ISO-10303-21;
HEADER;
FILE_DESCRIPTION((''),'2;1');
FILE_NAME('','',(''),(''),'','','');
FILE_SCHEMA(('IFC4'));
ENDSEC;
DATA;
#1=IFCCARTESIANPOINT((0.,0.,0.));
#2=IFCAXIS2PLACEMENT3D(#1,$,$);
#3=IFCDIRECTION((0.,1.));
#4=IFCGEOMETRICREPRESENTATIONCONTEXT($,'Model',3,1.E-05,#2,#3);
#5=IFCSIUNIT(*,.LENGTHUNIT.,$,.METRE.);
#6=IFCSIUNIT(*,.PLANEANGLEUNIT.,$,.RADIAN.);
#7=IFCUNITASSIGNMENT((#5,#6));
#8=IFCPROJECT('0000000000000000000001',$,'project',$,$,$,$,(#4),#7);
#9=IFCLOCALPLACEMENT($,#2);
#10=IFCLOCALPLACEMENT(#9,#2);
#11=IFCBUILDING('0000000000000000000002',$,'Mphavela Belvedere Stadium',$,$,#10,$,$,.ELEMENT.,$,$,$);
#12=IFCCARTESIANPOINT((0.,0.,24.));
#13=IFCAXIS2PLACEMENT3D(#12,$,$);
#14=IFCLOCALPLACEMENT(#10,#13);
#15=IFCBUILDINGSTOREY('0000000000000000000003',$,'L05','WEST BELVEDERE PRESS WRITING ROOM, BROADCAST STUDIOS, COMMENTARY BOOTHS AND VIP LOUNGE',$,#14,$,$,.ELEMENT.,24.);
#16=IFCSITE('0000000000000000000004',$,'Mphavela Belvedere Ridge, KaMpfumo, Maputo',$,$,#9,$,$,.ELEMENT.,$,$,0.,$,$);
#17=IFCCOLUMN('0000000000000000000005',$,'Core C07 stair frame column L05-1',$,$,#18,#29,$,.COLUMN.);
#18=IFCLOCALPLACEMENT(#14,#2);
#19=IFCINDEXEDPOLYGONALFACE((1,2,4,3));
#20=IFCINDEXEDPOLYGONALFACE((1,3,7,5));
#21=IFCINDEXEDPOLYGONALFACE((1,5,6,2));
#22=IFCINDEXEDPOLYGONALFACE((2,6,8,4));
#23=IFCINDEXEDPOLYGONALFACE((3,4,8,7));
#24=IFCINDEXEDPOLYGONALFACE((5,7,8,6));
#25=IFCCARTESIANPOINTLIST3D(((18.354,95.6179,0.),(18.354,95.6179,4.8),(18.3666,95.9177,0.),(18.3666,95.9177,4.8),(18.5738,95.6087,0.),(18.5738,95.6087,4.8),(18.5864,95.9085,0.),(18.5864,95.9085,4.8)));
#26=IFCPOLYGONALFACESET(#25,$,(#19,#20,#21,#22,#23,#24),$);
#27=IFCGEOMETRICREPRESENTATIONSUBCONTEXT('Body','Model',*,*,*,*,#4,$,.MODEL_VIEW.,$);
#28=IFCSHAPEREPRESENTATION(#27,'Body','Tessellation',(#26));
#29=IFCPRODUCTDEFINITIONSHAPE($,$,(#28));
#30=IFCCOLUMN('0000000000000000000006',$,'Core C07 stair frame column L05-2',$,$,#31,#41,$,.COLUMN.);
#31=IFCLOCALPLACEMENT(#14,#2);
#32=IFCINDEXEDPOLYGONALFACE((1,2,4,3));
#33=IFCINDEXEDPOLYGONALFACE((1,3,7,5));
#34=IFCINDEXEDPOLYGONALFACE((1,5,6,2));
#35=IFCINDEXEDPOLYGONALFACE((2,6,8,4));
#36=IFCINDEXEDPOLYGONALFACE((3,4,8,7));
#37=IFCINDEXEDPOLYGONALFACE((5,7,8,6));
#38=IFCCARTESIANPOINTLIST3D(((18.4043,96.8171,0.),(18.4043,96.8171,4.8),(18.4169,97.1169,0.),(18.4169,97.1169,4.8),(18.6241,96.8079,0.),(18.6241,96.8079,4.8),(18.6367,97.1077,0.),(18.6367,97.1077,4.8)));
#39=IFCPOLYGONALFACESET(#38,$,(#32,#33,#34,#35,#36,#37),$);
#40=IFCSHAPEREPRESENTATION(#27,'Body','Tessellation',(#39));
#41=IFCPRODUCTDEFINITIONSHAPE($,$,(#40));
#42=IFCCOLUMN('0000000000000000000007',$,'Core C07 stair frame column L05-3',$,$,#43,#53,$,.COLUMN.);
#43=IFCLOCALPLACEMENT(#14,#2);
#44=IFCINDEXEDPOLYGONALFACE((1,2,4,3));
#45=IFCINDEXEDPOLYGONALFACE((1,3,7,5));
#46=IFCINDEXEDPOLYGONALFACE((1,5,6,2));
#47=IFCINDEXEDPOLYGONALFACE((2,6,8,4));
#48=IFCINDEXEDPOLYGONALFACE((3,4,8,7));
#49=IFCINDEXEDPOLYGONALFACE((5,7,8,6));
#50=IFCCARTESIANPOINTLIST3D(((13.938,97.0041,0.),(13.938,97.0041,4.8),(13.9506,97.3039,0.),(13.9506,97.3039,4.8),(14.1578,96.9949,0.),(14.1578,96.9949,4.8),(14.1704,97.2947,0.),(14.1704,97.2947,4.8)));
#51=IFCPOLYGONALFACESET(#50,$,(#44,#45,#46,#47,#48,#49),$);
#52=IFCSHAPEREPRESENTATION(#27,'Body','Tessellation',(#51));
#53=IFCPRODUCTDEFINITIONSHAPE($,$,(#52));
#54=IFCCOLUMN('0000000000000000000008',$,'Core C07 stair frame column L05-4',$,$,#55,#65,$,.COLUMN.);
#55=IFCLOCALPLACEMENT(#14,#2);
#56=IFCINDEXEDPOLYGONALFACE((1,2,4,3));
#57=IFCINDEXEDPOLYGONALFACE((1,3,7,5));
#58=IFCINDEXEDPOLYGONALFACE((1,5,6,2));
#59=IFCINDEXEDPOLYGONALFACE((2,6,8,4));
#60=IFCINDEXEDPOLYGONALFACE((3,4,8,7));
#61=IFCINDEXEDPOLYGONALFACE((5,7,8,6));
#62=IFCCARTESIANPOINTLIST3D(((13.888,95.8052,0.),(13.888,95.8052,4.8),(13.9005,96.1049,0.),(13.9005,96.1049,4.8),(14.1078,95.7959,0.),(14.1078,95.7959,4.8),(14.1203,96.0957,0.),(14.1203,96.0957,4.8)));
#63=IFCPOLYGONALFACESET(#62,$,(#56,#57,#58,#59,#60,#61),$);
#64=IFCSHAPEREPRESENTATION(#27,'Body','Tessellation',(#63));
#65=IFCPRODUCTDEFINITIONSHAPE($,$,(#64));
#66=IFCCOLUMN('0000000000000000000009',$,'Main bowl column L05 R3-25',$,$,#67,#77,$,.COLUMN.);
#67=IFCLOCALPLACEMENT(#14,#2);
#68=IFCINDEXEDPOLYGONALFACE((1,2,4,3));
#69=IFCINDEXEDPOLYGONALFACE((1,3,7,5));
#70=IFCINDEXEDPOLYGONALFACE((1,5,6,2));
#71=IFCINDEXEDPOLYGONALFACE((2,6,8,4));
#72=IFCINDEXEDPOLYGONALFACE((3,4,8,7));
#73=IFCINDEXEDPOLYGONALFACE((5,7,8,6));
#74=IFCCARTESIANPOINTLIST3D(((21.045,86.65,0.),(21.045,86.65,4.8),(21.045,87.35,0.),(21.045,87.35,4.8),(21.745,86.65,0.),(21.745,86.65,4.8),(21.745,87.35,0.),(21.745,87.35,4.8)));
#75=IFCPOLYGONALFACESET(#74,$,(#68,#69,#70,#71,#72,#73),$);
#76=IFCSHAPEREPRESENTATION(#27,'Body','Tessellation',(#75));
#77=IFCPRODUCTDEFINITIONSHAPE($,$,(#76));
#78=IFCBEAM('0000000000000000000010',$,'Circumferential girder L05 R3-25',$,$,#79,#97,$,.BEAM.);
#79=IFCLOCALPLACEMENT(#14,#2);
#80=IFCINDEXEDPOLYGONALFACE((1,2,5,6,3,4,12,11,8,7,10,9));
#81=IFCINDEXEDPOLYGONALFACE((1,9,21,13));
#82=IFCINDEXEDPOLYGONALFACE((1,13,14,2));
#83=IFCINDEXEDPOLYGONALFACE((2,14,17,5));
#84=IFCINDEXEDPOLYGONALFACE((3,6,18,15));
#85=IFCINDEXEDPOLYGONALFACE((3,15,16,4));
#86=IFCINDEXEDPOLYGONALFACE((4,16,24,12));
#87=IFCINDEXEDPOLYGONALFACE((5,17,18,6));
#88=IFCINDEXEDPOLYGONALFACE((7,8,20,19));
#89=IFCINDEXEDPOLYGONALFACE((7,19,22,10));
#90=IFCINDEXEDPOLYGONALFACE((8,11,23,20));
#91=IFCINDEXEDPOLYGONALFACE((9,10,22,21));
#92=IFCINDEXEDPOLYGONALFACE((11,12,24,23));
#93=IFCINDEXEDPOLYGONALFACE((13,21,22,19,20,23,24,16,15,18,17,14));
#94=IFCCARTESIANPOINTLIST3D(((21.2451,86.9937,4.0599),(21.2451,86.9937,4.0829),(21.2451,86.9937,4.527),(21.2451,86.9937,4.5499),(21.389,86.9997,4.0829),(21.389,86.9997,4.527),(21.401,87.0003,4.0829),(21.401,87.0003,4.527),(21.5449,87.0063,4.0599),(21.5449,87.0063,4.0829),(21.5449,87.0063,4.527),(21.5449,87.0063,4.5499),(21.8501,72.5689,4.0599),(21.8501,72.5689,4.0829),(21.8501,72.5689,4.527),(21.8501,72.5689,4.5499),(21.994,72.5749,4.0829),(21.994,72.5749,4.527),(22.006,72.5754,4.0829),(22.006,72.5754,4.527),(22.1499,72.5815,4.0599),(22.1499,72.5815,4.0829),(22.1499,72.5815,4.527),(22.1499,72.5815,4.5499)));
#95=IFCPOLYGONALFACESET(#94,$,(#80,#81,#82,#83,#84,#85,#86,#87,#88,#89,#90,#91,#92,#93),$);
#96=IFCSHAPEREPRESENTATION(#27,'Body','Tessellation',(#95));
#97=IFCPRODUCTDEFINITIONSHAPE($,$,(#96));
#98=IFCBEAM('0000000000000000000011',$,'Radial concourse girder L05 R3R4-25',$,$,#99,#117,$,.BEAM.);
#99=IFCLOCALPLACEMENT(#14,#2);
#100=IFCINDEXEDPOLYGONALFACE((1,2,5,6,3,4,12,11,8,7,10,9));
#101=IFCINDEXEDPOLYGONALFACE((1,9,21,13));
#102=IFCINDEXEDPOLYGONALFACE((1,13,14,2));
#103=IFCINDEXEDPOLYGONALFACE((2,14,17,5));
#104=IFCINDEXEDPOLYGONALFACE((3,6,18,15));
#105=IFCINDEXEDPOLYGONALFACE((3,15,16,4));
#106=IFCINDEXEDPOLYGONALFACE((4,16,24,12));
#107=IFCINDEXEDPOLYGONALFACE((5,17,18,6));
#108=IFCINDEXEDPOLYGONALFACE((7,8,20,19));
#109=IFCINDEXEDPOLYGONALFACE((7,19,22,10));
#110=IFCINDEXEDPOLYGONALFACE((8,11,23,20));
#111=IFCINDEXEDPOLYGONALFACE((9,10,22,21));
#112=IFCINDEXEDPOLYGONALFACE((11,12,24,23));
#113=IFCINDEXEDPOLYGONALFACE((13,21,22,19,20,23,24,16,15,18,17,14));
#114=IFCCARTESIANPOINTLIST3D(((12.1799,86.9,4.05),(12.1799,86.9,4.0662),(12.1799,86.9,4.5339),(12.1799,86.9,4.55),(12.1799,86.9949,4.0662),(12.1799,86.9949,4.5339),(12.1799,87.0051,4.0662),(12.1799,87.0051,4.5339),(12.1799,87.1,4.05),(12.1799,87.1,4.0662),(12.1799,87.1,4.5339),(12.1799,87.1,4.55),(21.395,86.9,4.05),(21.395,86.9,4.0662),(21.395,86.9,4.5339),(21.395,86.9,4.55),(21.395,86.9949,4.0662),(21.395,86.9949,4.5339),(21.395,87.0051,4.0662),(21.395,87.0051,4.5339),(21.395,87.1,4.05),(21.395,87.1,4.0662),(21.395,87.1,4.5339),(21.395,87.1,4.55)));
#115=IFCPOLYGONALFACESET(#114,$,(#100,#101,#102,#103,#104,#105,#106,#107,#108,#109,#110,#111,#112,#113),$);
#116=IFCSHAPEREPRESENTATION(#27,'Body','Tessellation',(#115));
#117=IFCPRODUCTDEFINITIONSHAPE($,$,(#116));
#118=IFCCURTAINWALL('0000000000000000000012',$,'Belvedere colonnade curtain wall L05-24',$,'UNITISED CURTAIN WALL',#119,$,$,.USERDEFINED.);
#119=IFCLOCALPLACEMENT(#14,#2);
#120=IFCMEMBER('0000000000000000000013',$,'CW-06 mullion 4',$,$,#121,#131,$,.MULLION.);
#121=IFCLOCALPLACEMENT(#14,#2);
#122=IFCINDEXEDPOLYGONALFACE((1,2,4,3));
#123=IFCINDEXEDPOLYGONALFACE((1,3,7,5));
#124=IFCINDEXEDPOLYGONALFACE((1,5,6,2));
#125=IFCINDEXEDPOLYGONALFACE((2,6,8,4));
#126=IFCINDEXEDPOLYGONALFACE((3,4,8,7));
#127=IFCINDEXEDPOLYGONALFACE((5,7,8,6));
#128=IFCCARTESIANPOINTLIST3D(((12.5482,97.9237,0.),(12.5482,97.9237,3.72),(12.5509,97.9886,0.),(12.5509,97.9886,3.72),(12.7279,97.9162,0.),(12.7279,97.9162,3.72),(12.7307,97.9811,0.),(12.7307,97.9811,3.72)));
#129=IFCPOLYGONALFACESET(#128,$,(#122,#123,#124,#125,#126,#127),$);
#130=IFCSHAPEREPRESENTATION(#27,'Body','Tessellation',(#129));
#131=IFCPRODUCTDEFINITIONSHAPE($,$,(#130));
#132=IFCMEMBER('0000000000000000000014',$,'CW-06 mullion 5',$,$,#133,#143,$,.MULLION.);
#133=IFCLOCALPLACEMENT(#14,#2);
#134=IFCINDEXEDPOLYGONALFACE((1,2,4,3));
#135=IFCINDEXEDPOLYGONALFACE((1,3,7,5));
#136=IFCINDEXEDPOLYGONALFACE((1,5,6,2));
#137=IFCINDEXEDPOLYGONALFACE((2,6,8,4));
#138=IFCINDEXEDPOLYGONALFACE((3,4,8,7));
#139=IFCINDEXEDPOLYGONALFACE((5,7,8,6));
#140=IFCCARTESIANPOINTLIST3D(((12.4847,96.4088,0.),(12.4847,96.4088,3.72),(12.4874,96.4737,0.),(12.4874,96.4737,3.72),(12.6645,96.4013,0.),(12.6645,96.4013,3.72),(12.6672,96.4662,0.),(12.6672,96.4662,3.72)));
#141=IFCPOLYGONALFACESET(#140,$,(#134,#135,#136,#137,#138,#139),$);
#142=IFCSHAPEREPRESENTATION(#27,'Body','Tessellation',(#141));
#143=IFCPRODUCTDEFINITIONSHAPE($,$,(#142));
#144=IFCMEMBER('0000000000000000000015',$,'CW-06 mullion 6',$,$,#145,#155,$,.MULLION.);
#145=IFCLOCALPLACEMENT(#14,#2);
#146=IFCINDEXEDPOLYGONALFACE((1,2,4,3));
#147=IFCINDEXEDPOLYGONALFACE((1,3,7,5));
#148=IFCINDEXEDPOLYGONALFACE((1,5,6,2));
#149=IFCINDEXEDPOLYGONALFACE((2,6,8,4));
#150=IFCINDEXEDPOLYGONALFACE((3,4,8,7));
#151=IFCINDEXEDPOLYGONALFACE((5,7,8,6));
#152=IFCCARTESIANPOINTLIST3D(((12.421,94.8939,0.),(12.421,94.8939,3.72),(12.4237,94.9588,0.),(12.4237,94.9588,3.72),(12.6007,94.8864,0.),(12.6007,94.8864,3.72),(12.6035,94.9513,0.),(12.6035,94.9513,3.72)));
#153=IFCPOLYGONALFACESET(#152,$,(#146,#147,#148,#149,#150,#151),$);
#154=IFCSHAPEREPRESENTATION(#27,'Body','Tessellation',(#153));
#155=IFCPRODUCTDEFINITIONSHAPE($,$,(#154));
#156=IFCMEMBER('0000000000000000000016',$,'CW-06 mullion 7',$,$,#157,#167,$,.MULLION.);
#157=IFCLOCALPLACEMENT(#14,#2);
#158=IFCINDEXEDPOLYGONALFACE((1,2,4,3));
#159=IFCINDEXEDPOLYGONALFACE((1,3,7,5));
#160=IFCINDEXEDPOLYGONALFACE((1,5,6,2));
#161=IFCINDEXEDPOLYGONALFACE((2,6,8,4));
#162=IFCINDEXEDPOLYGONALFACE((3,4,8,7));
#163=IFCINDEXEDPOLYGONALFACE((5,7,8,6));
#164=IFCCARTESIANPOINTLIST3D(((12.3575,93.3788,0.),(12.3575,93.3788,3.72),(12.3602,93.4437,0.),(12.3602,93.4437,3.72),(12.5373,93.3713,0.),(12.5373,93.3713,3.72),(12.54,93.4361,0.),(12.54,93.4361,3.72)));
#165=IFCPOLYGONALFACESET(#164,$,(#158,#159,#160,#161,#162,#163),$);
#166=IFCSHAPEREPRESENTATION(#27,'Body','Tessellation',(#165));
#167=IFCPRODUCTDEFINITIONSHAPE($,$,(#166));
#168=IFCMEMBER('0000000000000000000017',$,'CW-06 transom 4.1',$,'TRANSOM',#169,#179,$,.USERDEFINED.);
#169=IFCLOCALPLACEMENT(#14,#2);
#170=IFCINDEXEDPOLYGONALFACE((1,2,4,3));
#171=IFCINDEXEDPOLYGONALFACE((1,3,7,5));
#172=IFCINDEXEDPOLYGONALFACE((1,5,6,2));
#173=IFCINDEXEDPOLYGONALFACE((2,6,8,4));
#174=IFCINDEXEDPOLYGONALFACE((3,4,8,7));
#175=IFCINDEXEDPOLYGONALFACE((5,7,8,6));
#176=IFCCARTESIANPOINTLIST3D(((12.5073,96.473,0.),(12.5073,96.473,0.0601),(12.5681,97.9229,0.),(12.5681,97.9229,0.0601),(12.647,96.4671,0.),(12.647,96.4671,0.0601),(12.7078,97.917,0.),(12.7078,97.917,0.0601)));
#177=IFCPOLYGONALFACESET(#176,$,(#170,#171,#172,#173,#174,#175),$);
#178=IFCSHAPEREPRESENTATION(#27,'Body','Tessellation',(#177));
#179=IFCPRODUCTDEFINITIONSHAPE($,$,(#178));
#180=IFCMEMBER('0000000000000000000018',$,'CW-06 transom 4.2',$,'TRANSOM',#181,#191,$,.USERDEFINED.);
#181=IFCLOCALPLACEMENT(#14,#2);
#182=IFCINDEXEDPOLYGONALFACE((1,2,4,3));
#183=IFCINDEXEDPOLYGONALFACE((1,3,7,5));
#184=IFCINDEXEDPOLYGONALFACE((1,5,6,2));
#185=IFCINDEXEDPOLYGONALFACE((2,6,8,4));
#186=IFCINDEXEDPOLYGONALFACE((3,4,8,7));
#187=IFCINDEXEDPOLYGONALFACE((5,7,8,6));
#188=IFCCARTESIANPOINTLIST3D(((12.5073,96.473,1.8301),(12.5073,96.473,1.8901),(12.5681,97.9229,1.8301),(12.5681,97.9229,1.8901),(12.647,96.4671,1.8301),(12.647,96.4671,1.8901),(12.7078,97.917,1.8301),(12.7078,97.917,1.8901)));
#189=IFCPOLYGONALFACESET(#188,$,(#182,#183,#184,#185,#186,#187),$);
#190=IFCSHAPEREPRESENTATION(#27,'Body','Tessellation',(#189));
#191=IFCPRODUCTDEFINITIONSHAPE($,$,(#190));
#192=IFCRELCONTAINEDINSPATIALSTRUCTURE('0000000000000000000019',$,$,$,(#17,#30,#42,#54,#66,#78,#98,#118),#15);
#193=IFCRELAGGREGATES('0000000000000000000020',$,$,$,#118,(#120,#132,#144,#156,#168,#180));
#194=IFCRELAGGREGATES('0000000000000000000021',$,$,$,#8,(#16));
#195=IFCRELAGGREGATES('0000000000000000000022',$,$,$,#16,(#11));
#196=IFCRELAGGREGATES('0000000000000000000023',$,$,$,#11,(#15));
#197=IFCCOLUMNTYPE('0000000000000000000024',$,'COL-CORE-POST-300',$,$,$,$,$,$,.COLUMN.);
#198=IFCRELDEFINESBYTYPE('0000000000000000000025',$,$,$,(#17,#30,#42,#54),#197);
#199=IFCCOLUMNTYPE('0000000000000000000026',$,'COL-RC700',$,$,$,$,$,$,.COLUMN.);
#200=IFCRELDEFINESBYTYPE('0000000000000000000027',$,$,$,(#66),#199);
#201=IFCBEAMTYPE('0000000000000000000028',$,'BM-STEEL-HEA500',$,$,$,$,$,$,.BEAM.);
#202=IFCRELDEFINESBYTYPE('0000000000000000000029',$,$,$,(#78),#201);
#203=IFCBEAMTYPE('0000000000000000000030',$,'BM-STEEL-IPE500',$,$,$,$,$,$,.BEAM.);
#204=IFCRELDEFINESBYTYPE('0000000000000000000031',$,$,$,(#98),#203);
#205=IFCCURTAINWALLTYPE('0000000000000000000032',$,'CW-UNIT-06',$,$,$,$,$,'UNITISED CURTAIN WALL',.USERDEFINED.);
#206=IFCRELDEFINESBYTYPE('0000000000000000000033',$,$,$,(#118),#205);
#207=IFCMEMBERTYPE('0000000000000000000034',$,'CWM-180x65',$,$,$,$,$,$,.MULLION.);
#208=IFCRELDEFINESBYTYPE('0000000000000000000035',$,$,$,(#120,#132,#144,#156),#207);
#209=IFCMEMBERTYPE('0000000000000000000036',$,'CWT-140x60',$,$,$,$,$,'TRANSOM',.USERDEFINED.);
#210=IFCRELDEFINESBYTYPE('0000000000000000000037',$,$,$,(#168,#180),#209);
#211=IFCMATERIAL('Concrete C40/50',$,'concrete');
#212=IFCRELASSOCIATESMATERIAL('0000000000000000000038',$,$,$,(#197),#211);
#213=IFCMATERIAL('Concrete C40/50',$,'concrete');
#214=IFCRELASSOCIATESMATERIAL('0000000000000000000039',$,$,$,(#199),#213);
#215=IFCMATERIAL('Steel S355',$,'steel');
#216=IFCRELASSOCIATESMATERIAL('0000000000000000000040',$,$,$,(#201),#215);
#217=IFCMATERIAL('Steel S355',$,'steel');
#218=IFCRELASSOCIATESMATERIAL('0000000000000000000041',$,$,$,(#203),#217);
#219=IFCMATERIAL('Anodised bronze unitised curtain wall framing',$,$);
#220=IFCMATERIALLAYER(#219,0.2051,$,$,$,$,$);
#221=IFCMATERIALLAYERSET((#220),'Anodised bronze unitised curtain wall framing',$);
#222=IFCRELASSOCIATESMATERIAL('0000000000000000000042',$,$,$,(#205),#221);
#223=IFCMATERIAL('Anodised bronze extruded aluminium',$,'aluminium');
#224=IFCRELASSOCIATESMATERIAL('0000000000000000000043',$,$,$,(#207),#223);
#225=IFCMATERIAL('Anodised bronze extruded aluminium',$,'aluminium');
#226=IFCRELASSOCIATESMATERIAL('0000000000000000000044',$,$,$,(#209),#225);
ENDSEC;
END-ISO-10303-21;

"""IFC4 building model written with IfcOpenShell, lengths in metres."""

from ifc_helpers import new_model, si_unit, direction, frame, origin, origin_2d, place, context, subcontext, project, spatial, rectangle, i_section, extrude, material, layer, layer_set, material_profile, profile_set, type_object, element, aggregate, save


model = new_model("IFC4")

# Units and contexts
model_context = context("Model", 3, precision=1e-05, world=origin(), true_north=direction((0.0, 1.0)))
body_context = subcontext(model_context, "Body", "Model", "MODEL_VIEW")
ifc_project = project(units=[si_unit("LENGTHUNIT", "METRE"), si_unit("PLANEANGLEUNIT", "RADIAN")], contexts=[model_context])

# Site, building, storey
site_placement = place(None, origin())
site = spatial("IfcSite", under=ifc_project, at=site_placement, Name="Mphavela Belvedere Ridge, KaMpfumo, Maputo", CompositionType="ELEMENT", RefElevation=0.0)
building_placement = place(site_placement, origin())
building = spatial("IfcBuilding", under=site, at=building_placement, Name="Mphavela Belvedere Stadium", CompositionType="ELEMENT")
storey_placement = place(building_placement, frame((0.0, 0.0, 24.0)))
storey = spatial("IfcBuildingStorey", under=building, at=storey_placement, Name="L05", Description="WEST BELVEDERE PRESS WRITING ROOM, BROADCAST STUDIOS, COMMENTARY BOOTHS AND VIP LOUNGE", CompositionType="ELEMENT", Elevation=24.0)

# Columns
ifc_material_1 = material(Name="Concrete C40/50", Category="concrete")
ifc_material_profile_1 = material_profile(ifc_material_1, rectangle(XDim=0.3, YDim=0.22, at=origin_2d()), Name="RC 300x220")
ifc_profile_set_1 = profile_set([ifc_material_profile_1], Name="Concrete C40/50")
column_type_1 = type_object("IfcColumnType", Name="COL-CORE-POST-300", PredefinedType="COLUMN", material=ifc_profile_set_1)
for number, where, z_axis, x_axis, name in (
    (1, (18.4702, 95.7632, 0.0), (0.0, 0.0, 1.0), (0.041876, 0.999123, 0.0), "Core C07 stair frame column L05-1"),
    (2, (18.5205, 96.9624, 0.0), (0.0, 0.0, 1.0), (0.041876, 0.999123, 0.0), "Core C07 stair frame column L05-2"),
    (3, (14.0542, 97.1494, 0.0), (0.0, 0.0, 1.0), (0.041876, 0.999123, 0.0), "Core C07 stair frame column L05-3"),
    (4, (14.0042, 95.9504, 0.0), (0.0, 0.0, 1.0), (0.041876, 0.999123, 0.0), "Core C07 stair frame column L05-4"),
):
    element("IfcColumn", number, at=place(storey_placement, frame(where, z_axis=z_axis, x_axis=x_axis)), inside=storey, type_object=column_type_1, Name=name, PredefinedType="COLUMN", context=body_context, shape_type="SweptSolid", body=[
        extrude(rectangle(XDim=0.3, YDim=0.22, at=origin_2d()), origin(), (0.0, 0.0, 1.0), 4.8),
    ])
ifc_material_2 = material(Name="Concrete C40/50", Category="concrete")
ifc_material_profile_2 = material_profile(ifc_material_2, rectangle(XDim=0.7, YDim=0.7, at=origin_2d()), Name="RC 700x700")
ifc_profile_set_2 = profile_set([ifc_material_profile_2], Name="Concrete C40/50")
column_type_2 = type_object("IfcColumnType", Name="COL-RC700", PredefinedType="COLUMN", material=ifc_profile_set_2)
column_placement = place(storey_placement, frame((21.395, 87.0, 0.0), z_axis=(0.0, 0.0, 1.0), x_axis=(-1.0, 0.0, 0.0)))
element("IfcColumn", 5, at=column_placement, inside=storey, type_object=column_type_2, Name="Main bowl column L05 R3-25", PredefinedType="COLUMN", context=body_context, shape_type="SweptSolid", body=[
    extrude(rectangle(XDim=0.7, YDim=0.7, at=origin_2d()), origin(), (0.0, 0.0, 1.0), 4.8),
])

# Beams
ifc_material_3 = material(Name="Steel S355", Category="steel")
ifc_material_profile_3 = material_profile(ifc_material_3, i_section(OverallWidth=0.3, OverallDepth=0.49, WebThickness=0.012, FlangeThickness=0.0229, at=origin_2d()), Name="HEA 500")
ifc_profile_set_3 = profile_set([ifc_material_profile_3], Name="Steel S355")
beam_type_1 = type_object("IfcBeamType", Name="BM-STEEL-HEA500", PredefinedType="BEAM", material=ifc_profile_set_3)
beam_1_placement = place(storey_placement, frame((21.395, 87.0, 4.3049), z_axis=(0.041903, -0.999122, 0.0), x_axis=(0.999122, 0.041903, 0.0)))
element("IfcBeam", 6, at=beam_1_placement, inside=storey, type_object=beam_type_1, Name="Circumferential girder L05 R3-25", PredefinedType="BEAM", context=body_context, shape_type="SweptSolid", body=[
    extrude(i_section(OverallWidth=0.3, OverallDepth=0.49, WebThickness=0.012, FlangeThickness=0.0229, at=origin_2d()), origin(), (0.0, 0.0, 1.0), 14.4375),
])
ifc_material_4 = material(Name="Steel S355", Category="steel")
ifc_material_profile_4 = material_profile(ifc_material_4, i_section(OverallWidth=0.2, OverallDepth=0.5, WebThickness=0.0103, FlangeThickness=0.0161, at=origin_2d()), Name="IPE 500")
ifc_profile_set_4 = profile_set([ifc_material_profile_4], Name="Steel S355")
beam_type_2 = type_object("IfcBeamType", Name="BM-STEEL-IPE500", PredefinedType="BEAM", material=ifc_profile_set_4)
beam_2_placement = place(storey_placement, frame((21.395, 87.0, 4.3), z_axis=(-1.0, 0.0, 0.0), x_axis=(0.0, -1.0, 0.0)))
element("IfcBeam", 7, at=beam_2_placement, inside=storey, type_object=beam_type_2, Name="Radial concourse girder L05 R3R4-25", PredefinedType="BEAM", context=body_context, shape_type="SweptSolid", body=[
    extrude(i_section(OverallWidth=0.2, OverallDepth=0.5, WebThickness=0.0103, FlangeThickness=0.0161, at=origin_2d()), origin(), (0.0, 0.0, 1.0), 9.2151),
])

# Curtain wall, members
ifc_material_5 = material(Name="Anodised bronze unitised curtain wall framing")
ifc_layer_1 = layer(ifc_material_5, 0.2051)
ifc_layer_set_1 = layer_set([ifc_layer_1], Name="Anodised bronze unitised curtain wall framing")
curtain_wall_type = type_object("IfcCurtainWallType", Name="CW-UNIT-06", ElementType="UNITISED CURTAIN WALL", PredefinedType="USERDEFINED", material=ifc_layer_set_1)
curtain_wall_placement = place(storey_placement, origin())
curtain_wall = element("IfcCurtainWall", 8, at=curtain_wall_placement, inside=storey, type_object=curtain_wall_type, Name="Belvedere colonnade curtain wall L05-24", ObjectType="UNITISED CURTAIN WALL", PredefinedType="USERDEFINED")
ifc_material_6 = material(Name="Anodised bronze extruded aluminium", Category="aluminium")
ifc_material_profile_5 = material_profile(ifc_material_6, rectangle(XDim=0.1799, YDim=0.0649, at=origin_2d()), Name="CW-MUL 180x65")
ifc_profile_set_5 = profile_set([ifc_material_profile_5], Name="Anodised bronze extruded aluminium")
member_type_1 = type_object("IfcMemberType", Name="CWM-180x65", PredefinedType="MULLION", material=ifc_profile_set_5)
member_1_placement = place(storey_placement, frame((12.6394, 97.9524, 0.0), z_axis=(0.0, 0.0, 1.0), x_axis=(0.999122, -0.041905, 0.0)))
member_1 = element("IfcMember", 9, at=member_1_placement, type_object=member_type_1, Name="CW-06 mullion 4", PredefinedType="MULLION", context=body_context, shape_type="SweptSolid", body=[
    extrude(rectangle(XDim=0.1799, YDim=0.0649, at=origin_2d()), origin(), (0.0, 0.0, 1.0), 3.72),
])
member_2_placement = place(storey_placement, frame((12.5759, 96.4375, 0.0), z_axis=(0.0, 0.0, 1.0), x_axis=(0.999122, -0.041905, 0.0)))
member_2 = element("IfcMember", 10, at=member_2_placement, type_object=member_type_1, Name="CW-06 mullion 5", PredefinedType="MULLION", context=body_context, shape_type="SweptSolid", body=[
    extrude(rectangle(XDim=0.1799, YDim=0.0649, at=origin_2d()), origin(), (0.0, 0.0, 1.0), 3.72),
])
member_3_placement = place(storey_placement, frame((12.5122, 94.9226, 0.0), z_axis=(0.0, 0.0, 1.0), x_axis=(0.999122, -0.041905, 0.0)))
member_3 = element("IfcMember", 11, at=member_3_placement, type_object=member_type_1, Name="CW-06 mullion 6", PredefinedType="MULLION", context=body_context, shape_type="SweptSolid", body=[
    extrude(rectangle(XDim=0.1799, YDim=0.0649, at=origin_2d()), origin(), (0.0, 0.0, 1.0), 3.72),
])
member_4_placement = place(storey_placement, frame((12.4487, 93.4075, 0.0), z_axis=(0.0, 0.0, 1.0), x_axis=(0.999122, -0.041905, 0.0)))
member_4 = element("IfcMember", 12, at=member_4_placement, type_object=member_type_1, Name="CW-06 mullion 7", PredefinedType="MULLION", context=body_context, shape_type="SweptSolid", body=[
    extrude(rectangle(XDim=0.1799, YDim=0.0649, at=origin_2d()), origin(), (0.0, 0.0, 1.0), 3.72),
])
ifc_material_7 = material(Name="Anodised bronze extruded aluminium", Category="aluminium")
ifc_material_profile_6 = material_profile(ifc_material_7, rectangle(XDim=0.1399, YDim=0.0601, at=origin_2d()), Name="CW-TRN 140x60")
ifc_profile_set_6 = profile_set([ifc_material_profile_6], Name="Anodised bronze extruded aluminium")
member_type_2 = type_object("IfcMemberType", Name="CWT-140x60", ElementType="TRANSOM", PredefinedType="USERDEFINED", material=ifc_profile_set_6)
member_5_placement = place(storey_placement, frame((12.6379, 97.9199, 0.03), z_axis=(-0.041889, -0.999122, 0.0), x_axis=(0.999122, -0.041889, 0.0)))
member_5 = element("IfcMember", 13, at=member_5_placement, type_object=member_type_2, Name="CW-06 transom 4.1", ObjectType="TRANSOM", PredefinedType="USERDEFINED", context=body_context, shape_type="SweptSolid", body=[
    extrude(rectangle(XDim=0.1399, YDim=0.0601, at=origin_2d()), origin(), (0.0, 0.0, 1.0), 1.4512),
])
member_6_placement = place(storey_placement, frame((12.6379, 97.9199, 1.8601), z_axis=(-0.041889, -0.999122, 0.0), x_axis=(0.999122, -0.041889, 0.0)))
member_6 = element("IfcMember", 14, at=member_6_placement, type_object=member_type_2, Name="CW-06 transom 4.2", ObjectType="TRANSOM", PredefinedType="USERDEFINED", context=body_context, shape_type="SweptSolid", body=[
    extrude(rectangle(XDim=0.1399, YDim=0.0601, at=origin_2d()), origin(), (0.0, 0.0, 1.0), 1.4512),
])
aggregate(curtain_wall, [member_1, member_2, member_3, member_4, member_5, member_6])

save(model, "model.ifc")
